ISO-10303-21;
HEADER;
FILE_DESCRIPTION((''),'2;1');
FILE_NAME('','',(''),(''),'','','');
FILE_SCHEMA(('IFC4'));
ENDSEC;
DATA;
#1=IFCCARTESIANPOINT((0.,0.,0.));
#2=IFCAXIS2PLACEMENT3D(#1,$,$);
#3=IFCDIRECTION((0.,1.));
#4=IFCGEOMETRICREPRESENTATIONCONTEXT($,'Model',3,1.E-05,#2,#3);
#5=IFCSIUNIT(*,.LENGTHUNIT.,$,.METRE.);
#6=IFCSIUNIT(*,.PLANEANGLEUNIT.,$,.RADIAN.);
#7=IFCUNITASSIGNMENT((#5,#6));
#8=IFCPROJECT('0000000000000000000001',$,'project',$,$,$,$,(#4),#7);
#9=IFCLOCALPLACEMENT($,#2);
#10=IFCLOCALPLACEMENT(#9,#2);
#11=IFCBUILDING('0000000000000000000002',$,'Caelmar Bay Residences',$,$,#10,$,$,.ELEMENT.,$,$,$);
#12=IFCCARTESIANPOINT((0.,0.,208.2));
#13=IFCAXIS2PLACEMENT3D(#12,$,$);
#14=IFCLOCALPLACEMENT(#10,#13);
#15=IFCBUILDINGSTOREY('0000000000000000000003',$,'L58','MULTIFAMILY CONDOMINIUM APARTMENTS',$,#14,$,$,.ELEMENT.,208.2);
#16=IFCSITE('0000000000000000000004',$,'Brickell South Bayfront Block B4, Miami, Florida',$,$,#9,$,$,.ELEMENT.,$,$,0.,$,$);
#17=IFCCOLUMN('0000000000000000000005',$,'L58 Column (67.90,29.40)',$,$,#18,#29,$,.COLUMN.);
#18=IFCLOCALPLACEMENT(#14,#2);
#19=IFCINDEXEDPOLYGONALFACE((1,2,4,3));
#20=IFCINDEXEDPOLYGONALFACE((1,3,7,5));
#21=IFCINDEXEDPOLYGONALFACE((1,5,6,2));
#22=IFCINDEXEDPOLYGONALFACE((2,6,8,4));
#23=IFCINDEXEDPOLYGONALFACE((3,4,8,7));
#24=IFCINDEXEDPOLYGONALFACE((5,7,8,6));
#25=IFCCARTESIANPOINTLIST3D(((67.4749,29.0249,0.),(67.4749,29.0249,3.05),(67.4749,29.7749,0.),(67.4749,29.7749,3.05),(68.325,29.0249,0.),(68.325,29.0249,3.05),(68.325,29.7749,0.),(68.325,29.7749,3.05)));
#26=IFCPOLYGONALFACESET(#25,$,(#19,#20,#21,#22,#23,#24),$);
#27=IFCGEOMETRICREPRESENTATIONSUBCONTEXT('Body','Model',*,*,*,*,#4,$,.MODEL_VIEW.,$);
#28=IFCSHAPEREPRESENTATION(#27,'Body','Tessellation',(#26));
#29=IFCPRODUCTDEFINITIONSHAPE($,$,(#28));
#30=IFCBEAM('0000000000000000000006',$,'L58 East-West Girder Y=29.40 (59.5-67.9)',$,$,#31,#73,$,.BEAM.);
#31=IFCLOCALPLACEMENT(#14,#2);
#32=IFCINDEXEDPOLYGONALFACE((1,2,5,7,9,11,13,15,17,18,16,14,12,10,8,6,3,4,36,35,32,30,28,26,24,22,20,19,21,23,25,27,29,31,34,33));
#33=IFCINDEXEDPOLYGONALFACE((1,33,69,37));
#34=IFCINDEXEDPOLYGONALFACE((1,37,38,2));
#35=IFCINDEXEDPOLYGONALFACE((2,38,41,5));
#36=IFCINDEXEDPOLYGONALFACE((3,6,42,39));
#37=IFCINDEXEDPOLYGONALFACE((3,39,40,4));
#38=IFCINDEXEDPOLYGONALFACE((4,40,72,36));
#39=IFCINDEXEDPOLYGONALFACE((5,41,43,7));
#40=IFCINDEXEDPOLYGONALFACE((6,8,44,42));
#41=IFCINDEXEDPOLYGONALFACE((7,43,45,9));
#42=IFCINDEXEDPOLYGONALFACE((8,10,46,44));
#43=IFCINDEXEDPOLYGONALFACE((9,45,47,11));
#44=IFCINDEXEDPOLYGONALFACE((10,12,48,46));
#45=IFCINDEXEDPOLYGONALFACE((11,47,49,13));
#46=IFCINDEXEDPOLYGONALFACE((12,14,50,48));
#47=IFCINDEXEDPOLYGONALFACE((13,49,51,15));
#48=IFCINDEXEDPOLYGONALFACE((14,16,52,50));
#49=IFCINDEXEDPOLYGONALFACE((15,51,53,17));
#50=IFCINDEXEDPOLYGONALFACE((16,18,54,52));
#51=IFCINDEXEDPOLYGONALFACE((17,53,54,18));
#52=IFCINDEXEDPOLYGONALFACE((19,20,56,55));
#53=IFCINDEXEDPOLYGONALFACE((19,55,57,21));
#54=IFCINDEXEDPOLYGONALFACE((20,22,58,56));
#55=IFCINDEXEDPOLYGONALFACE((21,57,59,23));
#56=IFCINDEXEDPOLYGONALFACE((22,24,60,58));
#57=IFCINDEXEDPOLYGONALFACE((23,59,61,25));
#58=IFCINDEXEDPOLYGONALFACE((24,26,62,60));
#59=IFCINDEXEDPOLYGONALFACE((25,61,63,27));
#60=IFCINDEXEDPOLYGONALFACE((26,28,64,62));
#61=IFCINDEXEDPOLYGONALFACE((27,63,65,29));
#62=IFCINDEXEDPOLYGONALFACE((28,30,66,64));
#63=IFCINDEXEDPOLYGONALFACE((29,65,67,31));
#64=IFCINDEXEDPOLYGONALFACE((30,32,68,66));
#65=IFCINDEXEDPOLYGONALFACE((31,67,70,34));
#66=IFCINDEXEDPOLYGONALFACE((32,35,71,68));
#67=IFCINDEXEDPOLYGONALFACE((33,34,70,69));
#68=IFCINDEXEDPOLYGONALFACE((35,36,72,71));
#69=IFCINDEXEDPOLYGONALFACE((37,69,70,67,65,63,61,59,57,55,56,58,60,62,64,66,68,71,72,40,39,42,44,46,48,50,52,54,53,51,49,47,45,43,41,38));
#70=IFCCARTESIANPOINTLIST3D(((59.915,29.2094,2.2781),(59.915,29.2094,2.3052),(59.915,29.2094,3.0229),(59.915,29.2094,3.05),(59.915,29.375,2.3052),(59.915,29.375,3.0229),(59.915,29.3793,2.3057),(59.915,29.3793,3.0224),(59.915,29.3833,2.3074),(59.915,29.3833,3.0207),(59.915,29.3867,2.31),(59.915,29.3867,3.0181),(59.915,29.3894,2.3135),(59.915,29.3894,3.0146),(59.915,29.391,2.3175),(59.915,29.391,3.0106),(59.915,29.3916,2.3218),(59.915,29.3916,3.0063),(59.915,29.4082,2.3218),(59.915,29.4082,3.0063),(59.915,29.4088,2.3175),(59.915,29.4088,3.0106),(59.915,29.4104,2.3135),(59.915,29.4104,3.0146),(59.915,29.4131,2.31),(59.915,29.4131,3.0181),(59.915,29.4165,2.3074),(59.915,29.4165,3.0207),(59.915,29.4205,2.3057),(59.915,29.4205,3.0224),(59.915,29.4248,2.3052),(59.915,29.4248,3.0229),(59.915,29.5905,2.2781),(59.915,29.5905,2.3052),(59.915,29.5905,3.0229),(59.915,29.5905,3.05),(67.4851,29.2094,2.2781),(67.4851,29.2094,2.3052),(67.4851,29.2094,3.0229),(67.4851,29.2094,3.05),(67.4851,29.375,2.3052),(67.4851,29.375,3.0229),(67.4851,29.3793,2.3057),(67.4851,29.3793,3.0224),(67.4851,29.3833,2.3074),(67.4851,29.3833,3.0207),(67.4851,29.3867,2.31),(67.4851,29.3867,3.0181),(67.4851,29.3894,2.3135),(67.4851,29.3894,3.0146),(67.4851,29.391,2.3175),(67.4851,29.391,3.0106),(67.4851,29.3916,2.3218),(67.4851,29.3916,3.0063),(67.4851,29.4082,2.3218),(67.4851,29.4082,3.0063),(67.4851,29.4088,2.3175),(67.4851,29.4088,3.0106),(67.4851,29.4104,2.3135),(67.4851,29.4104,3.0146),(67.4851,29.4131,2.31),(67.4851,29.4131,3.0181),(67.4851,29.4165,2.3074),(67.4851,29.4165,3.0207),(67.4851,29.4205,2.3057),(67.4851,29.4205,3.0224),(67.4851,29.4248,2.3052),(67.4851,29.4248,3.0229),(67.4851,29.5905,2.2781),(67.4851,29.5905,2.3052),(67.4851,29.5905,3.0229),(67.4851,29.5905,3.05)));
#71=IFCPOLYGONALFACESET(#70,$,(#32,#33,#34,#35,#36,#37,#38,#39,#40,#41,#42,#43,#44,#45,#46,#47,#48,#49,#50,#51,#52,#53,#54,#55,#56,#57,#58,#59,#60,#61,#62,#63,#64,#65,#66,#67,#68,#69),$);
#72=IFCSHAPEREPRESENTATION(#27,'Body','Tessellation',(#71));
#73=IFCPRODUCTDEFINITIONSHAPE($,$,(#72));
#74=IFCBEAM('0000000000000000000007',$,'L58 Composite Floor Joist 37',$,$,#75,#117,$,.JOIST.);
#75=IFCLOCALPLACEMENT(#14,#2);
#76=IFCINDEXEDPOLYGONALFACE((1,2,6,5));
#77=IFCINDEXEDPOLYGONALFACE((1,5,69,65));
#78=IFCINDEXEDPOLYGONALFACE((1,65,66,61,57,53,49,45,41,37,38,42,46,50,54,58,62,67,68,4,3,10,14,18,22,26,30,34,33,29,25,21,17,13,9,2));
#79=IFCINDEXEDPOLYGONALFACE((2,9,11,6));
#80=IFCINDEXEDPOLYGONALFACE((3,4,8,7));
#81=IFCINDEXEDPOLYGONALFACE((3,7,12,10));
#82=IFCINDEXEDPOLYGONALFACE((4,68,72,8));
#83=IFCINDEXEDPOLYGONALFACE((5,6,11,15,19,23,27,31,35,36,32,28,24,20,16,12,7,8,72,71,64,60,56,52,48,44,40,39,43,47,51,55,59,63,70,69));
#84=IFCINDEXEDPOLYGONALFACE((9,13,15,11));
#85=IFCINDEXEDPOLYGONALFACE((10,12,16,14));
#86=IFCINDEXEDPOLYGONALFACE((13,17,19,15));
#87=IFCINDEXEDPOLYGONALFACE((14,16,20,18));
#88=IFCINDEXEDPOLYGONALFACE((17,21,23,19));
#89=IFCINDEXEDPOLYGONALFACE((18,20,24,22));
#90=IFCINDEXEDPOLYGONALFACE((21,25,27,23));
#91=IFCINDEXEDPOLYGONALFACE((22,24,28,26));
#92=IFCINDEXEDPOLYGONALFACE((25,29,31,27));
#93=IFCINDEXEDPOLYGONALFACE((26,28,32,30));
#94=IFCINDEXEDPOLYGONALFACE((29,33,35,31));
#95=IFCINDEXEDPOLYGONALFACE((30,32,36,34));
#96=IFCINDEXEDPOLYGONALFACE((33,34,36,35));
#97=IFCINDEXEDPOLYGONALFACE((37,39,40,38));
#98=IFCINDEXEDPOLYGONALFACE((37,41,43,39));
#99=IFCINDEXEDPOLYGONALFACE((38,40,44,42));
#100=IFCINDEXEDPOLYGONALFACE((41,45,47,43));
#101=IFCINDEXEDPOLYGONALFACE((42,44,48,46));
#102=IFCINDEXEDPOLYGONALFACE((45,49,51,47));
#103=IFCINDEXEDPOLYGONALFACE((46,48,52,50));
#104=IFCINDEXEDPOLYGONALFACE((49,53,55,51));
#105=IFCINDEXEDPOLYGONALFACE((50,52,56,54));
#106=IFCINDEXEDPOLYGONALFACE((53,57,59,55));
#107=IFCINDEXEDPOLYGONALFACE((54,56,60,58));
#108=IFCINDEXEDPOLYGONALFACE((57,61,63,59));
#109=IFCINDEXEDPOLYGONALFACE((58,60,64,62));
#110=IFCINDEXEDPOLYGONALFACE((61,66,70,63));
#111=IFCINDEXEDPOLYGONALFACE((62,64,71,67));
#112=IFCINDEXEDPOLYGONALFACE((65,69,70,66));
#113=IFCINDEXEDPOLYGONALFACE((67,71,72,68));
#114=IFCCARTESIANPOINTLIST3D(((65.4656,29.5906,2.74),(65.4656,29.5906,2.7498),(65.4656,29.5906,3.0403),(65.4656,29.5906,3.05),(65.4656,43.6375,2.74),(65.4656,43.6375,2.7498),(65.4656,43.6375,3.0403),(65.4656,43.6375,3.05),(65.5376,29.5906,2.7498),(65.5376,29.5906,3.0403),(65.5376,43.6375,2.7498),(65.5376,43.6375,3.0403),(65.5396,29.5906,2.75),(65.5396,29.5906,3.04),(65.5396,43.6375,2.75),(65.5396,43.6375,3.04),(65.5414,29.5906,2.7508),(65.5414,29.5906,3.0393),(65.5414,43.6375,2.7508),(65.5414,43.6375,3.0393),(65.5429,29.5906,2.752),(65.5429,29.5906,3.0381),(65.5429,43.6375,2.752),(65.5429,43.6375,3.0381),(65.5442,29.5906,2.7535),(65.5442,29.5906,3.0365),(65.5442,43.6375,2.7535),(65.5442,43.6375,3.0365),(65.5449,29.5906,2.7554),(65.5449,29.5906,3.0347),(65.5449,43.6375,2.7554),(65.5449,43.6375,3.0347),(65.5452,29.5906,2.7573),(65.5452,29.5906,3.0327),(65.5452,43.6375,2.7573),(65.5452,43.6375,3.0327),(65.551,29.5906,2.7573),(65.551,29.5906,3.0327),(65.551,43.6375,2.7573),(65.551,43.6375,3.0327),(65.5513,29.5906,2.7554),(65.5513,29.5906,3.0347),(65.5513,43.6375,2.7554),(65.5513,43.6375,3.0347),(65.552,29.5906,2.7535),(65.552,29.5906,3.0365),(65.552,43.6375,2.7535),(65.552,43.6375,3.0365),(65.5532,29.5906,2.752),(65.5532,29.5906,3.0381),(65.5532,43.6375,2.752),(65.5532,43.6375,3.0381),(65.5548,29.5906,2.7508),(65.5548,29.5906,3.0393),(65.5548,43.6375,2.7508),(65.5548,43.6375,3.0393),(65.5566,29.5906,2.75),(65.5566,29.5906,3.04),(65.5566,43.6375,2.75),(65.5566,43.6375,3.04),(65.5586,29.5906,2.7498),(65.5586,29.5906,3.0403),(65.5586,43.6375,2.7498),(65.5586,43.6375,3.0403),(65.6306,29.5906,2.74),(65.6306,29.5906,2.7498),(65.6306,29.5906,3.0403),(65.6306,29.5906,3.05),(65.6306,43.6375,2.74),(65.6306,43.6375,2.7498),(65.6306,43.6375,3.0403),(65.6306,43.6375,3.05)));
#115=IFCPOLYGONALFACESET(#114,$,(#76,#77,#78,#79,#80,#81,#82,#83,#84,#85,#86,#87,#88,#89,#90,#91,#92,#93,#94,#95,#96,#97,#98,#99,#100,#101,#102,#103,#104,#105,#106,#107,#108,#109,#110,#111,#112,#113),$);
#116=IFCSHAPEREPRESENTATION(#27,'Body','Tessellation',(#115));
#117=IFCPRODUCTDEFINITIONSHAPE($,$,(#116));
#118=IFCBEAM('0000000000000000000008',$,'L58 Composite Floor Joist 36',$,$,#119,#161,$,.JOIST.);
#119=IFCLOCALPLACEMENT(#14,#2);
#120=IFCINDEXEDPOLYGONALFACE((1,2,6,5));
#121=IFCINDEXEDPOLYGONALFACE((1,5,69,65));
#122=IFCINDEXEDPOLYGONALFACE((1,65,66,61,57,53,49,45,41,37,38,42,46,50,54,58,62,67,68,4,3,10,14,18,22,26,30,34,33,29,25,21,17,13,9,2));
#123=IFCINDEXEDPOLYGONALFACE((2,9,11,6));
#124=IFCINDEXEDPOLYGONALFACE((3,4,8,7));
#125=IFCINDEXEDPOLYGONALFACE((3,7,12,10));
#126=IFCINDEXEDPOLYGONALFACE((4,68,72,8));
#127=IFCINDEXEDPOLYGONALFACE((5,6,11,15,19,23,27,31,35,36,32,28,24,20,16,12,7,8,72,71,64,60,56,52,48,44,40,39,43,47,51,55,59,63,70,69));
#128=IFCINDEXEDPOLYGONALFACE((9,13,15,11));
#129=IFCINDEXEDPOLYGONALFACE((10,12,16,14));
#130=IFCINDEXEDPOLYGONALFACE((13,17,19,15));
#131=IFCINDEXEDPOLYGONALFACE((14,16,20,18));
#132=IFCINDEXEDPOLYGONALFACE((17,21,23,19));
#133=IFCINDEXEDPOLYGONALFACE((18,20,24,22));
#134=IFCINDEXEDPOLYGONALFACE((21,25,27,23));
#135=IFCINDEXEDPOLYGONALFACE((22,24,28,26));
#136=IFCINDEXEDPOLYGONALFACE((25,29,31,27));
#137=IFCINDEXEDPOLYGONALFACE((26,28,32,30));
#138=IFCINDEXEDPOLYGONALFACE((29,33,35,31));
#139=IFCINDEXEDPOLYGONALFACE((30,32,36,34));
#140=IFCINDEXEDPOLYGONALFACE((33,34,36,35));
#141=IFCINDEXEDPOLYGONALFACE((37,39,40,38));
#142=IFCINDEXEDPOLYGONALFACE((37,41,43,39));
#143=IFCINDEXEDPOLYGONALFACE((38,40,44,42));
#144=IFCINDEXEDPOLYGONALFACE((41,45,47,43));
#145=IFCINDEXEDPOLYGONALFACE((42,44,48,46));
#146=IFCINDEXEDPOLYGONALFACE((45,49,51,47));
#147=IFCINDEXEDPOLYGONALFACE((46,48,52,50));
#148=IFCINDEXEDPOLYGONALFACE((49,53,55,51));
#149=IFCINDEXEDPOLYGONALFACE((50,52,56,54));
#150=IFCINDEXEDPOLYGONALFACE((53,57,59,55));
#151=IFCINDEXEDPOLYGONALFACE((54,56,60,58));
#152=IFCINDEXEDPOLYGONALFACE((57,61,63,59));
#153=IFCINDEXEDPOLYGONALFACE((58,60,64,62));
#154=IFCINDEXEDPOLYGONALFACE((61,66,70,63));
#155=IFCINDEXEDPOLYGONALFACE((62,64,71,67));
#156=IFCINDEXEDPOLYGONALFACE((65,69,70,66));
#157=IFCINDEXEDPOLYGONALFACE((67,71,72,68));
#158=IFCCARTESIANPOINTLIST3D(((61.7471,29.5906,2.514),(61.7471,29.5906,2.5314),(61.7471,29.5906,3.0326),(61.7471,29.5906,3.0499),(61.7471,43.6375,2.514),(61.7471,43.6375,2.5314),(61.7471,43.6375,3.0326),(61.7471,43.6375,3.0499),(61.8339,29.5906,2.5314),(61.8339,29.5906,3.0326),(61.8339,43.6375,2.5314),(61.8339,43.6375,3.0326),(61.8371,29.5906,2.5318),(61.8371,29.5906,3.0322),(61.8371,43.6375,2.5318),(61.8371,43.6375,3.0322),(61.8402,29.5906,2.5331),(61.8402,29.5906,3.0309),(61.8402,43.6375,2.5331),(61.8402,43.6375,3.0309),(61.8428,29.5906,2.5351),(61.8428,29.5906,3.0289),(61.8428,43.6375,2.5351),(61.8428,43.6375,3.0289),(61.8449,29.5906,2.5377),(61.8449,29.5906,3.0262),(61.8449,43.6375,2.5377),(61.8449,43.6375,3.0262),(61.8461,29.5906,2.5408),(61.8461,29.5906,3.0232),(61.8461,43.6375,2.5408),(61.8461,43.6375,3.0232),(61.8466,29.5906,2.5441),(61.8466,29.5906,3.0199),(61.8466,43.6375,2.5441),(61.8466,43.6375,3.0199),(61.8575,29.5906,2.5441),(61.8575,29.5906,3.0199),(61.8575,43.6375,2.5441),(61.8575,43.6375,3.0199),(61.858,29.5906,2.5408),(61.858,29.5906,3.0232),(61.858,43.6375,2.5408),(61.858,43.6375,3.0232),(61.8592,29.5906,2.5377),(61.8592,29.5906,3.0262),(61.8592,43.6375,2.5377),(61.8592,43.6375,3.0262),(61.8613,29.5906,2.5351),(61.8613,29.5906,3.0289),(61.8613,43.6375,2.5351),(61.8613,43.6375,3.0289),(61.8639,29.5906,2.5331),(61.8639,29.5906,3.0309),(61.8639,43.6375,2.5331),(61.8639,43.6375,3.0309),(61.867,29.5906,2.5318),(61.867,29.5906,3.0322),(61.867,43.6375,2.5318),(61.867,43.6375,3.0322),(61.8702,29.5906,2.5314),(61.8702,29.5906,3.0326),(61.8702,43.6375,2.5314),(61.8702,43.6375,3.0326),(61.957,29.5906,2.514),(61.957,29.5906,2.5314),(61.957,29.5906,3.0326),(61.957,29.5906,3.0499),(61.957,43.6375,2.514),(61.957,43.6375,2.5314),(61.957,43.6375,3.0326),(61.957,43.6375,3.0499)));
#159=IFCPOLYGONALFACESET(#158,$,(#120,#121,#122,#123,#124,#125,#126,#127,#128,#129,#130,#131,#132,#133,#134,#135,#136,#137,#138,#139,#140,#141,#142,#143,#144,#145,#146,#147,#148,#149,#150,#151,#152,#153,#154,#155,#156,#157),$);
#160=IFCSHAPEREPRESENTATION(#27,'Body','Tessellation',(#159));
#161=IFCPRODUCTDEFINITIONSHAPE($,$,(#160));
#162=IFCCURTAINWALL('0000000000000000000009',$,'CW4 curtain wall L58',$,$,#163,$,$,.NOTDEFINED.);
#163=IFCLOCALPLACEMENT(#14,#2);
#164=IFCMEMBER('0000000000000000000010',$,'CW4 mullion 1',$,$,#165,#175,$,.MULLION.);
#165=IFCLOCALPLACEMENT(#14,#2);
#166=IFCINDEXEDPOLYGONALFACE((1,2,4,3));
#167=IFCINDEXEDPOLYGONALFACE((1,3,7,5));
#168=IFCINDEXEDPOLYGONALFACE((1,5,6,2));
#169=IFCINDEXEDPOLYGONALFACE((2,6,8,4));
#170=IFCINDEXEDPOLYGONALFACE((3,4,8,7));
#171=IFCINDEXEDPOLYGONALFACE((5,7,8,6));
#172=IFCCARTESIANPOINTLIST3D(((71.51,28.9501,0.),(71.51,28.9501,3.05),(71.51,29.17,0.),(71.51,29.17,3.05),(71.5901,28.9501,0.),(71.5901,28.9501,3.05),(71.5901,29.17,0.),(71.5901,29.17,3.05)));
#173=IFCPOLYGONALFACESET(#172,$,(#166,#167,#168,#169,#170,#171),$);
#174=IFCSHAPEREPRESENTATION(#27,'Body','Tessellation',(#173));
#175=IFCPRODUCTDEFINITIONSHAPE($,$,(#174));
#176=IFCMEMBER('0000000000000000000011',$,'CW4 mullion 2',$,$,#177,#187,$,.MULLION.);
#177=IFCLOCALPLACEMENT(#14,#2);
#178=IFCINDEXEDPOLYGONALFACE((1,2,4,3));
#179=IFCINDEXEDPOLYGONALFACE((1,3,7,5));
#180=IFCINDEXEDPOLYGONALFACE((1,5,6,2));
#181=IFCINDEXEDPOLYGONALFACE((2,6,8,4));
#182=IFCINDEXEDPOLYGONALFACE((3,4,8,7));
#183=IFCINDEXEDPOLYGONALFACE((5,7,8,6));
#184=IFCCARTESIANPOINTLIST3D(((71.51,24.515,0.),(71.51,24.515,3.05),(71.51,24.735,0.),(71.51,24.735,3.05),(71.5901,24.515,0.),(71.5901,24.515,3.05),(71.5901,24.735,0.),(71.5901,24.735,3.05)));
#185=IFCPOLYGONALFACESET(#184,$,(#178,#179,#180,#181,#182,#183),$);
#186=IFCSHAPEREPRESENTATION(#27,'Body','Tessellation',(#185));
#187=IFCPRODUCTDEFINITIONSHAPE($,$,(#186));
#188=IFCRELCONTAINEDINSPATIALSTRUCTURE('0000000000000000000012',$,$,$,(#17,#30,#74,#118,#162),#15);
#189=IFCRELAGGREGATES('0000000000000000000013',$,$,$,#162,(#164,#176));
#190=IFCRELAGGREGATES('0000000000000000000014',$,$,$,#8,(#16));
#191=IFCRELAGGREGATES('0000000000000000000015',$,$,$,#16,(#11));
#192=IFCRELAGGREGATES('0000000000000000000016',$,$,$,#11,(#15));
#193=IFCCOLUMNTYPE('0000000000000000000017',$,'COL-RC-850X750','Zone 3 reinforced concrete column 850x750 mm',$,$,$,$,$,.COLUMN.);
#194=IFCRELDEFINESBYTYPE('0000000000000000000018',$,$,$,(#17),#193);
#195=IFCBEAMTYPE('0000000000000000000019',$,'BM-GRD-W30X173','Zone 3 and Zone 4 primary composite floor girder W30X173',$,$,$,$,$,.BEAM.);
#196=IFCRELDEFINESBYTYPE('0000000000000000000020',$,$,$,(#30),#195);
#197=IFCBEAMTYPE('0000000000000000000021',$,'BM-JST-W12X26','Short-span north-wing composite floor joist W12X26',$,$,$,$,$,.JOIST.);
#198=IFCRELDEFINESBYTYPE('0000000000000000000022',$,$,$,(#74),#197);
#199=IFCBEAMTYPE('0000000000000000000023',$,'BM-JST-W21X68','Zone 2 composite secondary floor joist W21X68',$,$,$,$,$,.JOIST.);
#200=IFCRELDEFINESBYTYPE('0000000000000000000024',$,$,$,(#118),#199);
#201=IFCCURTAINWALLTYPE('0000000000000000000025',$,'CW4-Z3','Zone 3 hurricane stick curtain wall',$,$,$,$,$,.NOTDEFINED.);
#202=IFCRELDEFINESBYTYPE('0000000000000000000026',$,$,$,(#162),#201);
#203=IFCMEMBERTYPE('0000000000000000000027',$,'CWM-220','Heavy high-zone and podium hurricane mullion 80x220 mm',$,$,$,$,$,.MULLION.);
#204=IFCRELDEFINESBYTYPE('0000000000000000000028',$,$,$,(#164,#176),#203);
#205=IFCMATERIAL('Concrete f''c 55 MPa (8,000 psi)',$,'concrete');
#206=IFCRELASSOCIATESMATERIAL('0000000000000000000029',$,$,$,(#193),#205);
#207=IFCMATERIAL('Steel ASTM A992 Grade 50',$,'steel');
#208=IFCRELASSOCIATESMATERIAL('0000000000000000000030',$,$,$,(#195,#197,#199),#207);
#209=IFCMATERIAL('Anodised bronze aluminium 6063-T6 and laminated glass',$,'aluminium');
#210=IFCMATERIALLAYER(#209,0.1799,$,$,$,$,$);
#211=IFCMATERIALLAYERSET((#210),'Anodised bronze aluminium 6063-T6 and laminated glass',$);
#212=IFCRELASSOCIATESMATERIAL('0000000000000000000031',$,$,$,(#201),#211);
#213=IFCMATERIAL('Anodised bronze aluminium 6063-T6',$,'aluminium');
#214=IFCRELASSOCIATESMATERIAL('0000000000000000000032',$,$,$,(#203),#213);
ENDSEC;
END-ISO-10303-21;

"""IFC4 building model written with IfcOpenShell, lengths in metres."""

from ifc_helpers import new_model, si_unit, direction, frame, origin, origin_2d, place, context, subcontext, project, spatial, rectangle, i_section, extrude, material, layer, layer_set, material_profile, profile_set, type_object, element, aggregate, save


model = new_model("IFC4")

# Units and contexts
model_context = context("Model", 3, precision=1e-05, world=origin(), true_north=direction((0.0, 1.0)))
body_context = subcontext(model_context, "Body", "Model", "MODEL_VIEW")
ifc_project = project(units=[si_unit("LENGTHUNIT", "METRE"), si_unit("PLANEANGLEUNIT", "RADIAN")], contexts=[model_context])

# Site, building, storey
site_placement = place(None, origin())
site = spatial("IfcSite", under=ifc_project, at=site_placement, Name="Brickell South Bayfront Block B4, Miami, Florida", CompositionType="ELEMENT", RefElevation=0.0)
building_placement = place(site_placement, origin())
building = spatial("IfcBuilding", under=site, at=building_placement, Name="Caelmar Bay Residences", CompositionType="ELEMENT")
storey_placement = place(building_placement, frame((0.0, 0.0, 208.2)))
storey = spatial("IfcBuildingStorey", under=building, at=storey_placement, Name="L58", Description="MULTIFAMILY CONDOMINIUM APARTMENTS", CompositionType="ELEMENT", Elevation=208.2)

# Column
ifc_material_1 = material(Name="Concrete f'c 55 MPa (8,000 psi)", Category="concrete")
ifc_material_profile_1 = material_profile(ifc_material_1, rectangle(XDim=0.8501, YDim=0.75, at=origin_2d()), Name="RC-COL-850X750")
ifc_profile_set_1 = profile_set([ifc_material_profile_1], Name="Concrete f'c 55 MPa (8,000 psi)")
column_type = type_object("IfcColumnType", Name="COL-RC-850X750", Description="Zone 3 reinforced concrete column 850x750 mm", PredefinedType="COLUMN", material=ifc_profile_set_1)
column_placement = place(storey_placement, frame((67.8999, 29.3999, 0.0), z_axis=(0.0, 0.0, 1.0), x_axis=(1.0, 0.0, 0.0)))
element("IfcColumn", 1, at=column_placement, inside=storey, type_object=column_type, Name="L58 Column (67.90,29.40)", PredefinedType="COLUMN", context=body_context, shape_type="SweptSolid", body=[
    extrude(rectangle(XDim=0.8501, YDim=0.75, at=origin_2d()), origin(), (0.0, 0.0, 1.0), 3.05),
])

# Beams
ifc_material_2 = material(Name="Steel ASTM A992 Grade 50", Category="steel")
ifc_material_profile_2 = material_profile(ifc_material_2, i_section(OverallWidth=0.3811, OverallDepth=0.772, WebThickness=0.0166, FlangeThickness=0.0271, FilletRadius=0.0166, at=origin_2d()), Name="W30X173")
ifc_profile_set_2 = profile_set([ifc_material_profile_2], Name="Steel ASTM A992 Grade 50")
beam_type_1 = type_object("IfcBeamType", Name="BM-GRD-W30X173", Description="Zone 3 and Zone 4 primary composite floor girder W30X173", PredefinedType="BEAM", material=ifc_profile_set_2)
beam_1_placement = place(storey_placement, frame((59.915, 29.3999, 2.6641), z_axis=(1.0, 0.0, 0.0), x_axis=(0.0, 1.0, 0.0)))
element("IfcBeam", 2, at=beam_1_placement, inside=storey, type_object=beam_type_1, Name="L58 East-West Girder Y=29.40 (59.5-67.9)", PredefinedType="BEAM", context=body_context, shape_type="SweptSolid", body=[
    extrude(i_section(OverallWidth=0.3811, OverallDepth=0.772, WebThickness=0.0166, FlangeThickness=0.0271, FilletRadius=0.0166, at=origin_2d()), origin(), (0.0, 0.0, 1.0), 7.5701),
])
ifc_material_profile_3 = material_profile(ifc_material_2, i_section(OverallWidth=0.165, OverallDepth=0.3101, WebThickness=0.0059, FlangeThickness=0.0098, FilletRadius=0.0076, at=origin_2d()), Name="W12X26")
ifc_profile_set_3 = profile_set([ifc_material_profile_3], Name="Steel ASTM A992 Grade 50")
beam_type_2 = type_object("IfcBeamType", Name="BM-JST-W12X26", Description="Short-span north-wing composite floor joist W12X26", PredefinedType="JOIST", material=ifc_profile_set_3)
beam_2_placement = place(storey_placement, frame((65.5481, 29.5906, 2.895), z_axis=(0.0, 1.0, 0.0), x_axis=(-1.0, 0.0, 0.0)))
element("IfcBeam", 3, at=beam_2_placement, inside=storey, type_object=beam_type_2, Name="L58 Composite Floor Joist 37", PredefinedType="JOIST", context=body_context, shape_type="SweptSolid", body=[
    extrude(i_section(OverallWidth=0.165, OverallDepth=0.3101, WebThickness=0.0059, FlangeThickness=0.0098, FilletRadius=0.0076, at=origin_2d()), origin(), (0.0, 0.0, 1.0), 14.0469),
])
ifc_material_profile_4 = material_profile(ifc_material_2, i_section(OverallWidth=0.21, OverallDepth=0.5359, WebThickness=0.011, FlangeThickness=0.0173, FilletRadius=0.0127, at=origin_2d()), Name="W21X68")
ifc_profile_set_4 = profile_set([ifc_material_profile_4], Name="Steel ASTM A992 Grade 50")
beam_type_3 = type_object("IfcBeamType", Name="BM-JST-W21X68", Description="Zone 2 composite secondary floor joist W21X68", PredefinedType="JOIST", material=ifc_profile_set_4)
beam_3_placement = place(storey_placement, frame((61.8521, 29.5906, 2.782), z_axis=(0.0, 1.0, 0.0), x_axis=(-1.0, 0.0, 0.0)))
element("IfcBeam", 4, at=beam_3_placement, inside=storey, type_object=beam_type_3, Name="L58 Composite Floor Joist 36", PredefinedType="JOIST", context=body_context, shape_type="SweptSolid", body=[
    extrude(i_section(OverallWidth=0.21, OverallDepth=0.5359, WebThickness=0.011, FlangeThickness=0.0173, FilletRadius=0.0127, at=origin_2d()), origin(), (0.0, 0.0, 1.0), 14.0469),
])

# Curtain wall, members
ifc_material_3 = material(Name="Anodised bronze aluminium 6063-T6 and laminated glass", Category="aluminium")
ifc_layer_1 = layer(ifc_material_3, 0.1799)
ifc_layer_set_1 = layer_set([ifc_layer_1], Name="Anodised bronze aluminium 6063-T6 and laminated glass")
curtain_wall_type = type_object("IfcCurtainWallType", Name="CW4-Z3", Description="Zone 3 hurricane stick curtain wall", PredefinedType="NOTDEFINED", material=ifc_layer_set_1)
curtain_wall_placement = place(storey_placement, origin())
curtain_wall = element("IfcCurtainWall", 5, at=curtain_wall_placement, inside=storey, type_object=curtain_wall_type, Name="CW4 curtain wall L58", PredefinedType="NOTDEFINED")
ifc_material_4 = material(Name="Anodised bronze aluminium 6063-T6", Category="aluminium")
ifc_material_profile_5 = material_profile(ifc_material_4, rectangle(XDim=0.0801, YDim=0.22, at=origin_2d()), Name="CWM-80X220")
ifc_profile_set_5 = profile_set([ifc_material_profile_5], Name="Anodised bronze aluminium 6063-T6")
member_type_1 = type_object("IfcMemberType", Name="CWM-220", Description="Heavy high-zone and podium hurricane mullion 80x220 mm", PredefinedType="MULLION", material=ifc_profile_set_5)
member_1_placement = place(storey_placement, frame((71.55, 29.0601, 0.0), z_axis=(0.0, 0.0, 1.0), x_axis=(1.0, 0.0, 0.0)))
member_1 = element("IfcMember", 6, at=member_1_placement, type_object=member_type_1, Name="CW4 mullion 1", PredefinedType="MULLION", context=body_context, shape_type="SweptSolid", body=[
    extrude(rectangle(XDim=0.0801, YDim=0.22, at=origin_2d()), origin(), (0.0, 0.0, 1.0), 3.05),
])
member_2_placement = place(storey_placement, frame((71.55, 24.625, 0.0), z_axis=(0.0, 0.0, 1.0), x_axis=(1.0, 0.0, 0.0)))
member_2 = element("IfcMember", 7, at=member_2_placement, type_object=member_type_1, Name="CW4 mullion 2", PredefinedType="MULLION", context=body_context, shape_type="SweptSolid", body=[
    extrude(rectangle(XDim=0.0801, YDim=0.22, at=origin_2d()), origin(), (0.0, 0.0, 1.0), 3.05),
])
aggregate(curtain_wall, [member_1, member_2])

save(model, "model.ifc")
